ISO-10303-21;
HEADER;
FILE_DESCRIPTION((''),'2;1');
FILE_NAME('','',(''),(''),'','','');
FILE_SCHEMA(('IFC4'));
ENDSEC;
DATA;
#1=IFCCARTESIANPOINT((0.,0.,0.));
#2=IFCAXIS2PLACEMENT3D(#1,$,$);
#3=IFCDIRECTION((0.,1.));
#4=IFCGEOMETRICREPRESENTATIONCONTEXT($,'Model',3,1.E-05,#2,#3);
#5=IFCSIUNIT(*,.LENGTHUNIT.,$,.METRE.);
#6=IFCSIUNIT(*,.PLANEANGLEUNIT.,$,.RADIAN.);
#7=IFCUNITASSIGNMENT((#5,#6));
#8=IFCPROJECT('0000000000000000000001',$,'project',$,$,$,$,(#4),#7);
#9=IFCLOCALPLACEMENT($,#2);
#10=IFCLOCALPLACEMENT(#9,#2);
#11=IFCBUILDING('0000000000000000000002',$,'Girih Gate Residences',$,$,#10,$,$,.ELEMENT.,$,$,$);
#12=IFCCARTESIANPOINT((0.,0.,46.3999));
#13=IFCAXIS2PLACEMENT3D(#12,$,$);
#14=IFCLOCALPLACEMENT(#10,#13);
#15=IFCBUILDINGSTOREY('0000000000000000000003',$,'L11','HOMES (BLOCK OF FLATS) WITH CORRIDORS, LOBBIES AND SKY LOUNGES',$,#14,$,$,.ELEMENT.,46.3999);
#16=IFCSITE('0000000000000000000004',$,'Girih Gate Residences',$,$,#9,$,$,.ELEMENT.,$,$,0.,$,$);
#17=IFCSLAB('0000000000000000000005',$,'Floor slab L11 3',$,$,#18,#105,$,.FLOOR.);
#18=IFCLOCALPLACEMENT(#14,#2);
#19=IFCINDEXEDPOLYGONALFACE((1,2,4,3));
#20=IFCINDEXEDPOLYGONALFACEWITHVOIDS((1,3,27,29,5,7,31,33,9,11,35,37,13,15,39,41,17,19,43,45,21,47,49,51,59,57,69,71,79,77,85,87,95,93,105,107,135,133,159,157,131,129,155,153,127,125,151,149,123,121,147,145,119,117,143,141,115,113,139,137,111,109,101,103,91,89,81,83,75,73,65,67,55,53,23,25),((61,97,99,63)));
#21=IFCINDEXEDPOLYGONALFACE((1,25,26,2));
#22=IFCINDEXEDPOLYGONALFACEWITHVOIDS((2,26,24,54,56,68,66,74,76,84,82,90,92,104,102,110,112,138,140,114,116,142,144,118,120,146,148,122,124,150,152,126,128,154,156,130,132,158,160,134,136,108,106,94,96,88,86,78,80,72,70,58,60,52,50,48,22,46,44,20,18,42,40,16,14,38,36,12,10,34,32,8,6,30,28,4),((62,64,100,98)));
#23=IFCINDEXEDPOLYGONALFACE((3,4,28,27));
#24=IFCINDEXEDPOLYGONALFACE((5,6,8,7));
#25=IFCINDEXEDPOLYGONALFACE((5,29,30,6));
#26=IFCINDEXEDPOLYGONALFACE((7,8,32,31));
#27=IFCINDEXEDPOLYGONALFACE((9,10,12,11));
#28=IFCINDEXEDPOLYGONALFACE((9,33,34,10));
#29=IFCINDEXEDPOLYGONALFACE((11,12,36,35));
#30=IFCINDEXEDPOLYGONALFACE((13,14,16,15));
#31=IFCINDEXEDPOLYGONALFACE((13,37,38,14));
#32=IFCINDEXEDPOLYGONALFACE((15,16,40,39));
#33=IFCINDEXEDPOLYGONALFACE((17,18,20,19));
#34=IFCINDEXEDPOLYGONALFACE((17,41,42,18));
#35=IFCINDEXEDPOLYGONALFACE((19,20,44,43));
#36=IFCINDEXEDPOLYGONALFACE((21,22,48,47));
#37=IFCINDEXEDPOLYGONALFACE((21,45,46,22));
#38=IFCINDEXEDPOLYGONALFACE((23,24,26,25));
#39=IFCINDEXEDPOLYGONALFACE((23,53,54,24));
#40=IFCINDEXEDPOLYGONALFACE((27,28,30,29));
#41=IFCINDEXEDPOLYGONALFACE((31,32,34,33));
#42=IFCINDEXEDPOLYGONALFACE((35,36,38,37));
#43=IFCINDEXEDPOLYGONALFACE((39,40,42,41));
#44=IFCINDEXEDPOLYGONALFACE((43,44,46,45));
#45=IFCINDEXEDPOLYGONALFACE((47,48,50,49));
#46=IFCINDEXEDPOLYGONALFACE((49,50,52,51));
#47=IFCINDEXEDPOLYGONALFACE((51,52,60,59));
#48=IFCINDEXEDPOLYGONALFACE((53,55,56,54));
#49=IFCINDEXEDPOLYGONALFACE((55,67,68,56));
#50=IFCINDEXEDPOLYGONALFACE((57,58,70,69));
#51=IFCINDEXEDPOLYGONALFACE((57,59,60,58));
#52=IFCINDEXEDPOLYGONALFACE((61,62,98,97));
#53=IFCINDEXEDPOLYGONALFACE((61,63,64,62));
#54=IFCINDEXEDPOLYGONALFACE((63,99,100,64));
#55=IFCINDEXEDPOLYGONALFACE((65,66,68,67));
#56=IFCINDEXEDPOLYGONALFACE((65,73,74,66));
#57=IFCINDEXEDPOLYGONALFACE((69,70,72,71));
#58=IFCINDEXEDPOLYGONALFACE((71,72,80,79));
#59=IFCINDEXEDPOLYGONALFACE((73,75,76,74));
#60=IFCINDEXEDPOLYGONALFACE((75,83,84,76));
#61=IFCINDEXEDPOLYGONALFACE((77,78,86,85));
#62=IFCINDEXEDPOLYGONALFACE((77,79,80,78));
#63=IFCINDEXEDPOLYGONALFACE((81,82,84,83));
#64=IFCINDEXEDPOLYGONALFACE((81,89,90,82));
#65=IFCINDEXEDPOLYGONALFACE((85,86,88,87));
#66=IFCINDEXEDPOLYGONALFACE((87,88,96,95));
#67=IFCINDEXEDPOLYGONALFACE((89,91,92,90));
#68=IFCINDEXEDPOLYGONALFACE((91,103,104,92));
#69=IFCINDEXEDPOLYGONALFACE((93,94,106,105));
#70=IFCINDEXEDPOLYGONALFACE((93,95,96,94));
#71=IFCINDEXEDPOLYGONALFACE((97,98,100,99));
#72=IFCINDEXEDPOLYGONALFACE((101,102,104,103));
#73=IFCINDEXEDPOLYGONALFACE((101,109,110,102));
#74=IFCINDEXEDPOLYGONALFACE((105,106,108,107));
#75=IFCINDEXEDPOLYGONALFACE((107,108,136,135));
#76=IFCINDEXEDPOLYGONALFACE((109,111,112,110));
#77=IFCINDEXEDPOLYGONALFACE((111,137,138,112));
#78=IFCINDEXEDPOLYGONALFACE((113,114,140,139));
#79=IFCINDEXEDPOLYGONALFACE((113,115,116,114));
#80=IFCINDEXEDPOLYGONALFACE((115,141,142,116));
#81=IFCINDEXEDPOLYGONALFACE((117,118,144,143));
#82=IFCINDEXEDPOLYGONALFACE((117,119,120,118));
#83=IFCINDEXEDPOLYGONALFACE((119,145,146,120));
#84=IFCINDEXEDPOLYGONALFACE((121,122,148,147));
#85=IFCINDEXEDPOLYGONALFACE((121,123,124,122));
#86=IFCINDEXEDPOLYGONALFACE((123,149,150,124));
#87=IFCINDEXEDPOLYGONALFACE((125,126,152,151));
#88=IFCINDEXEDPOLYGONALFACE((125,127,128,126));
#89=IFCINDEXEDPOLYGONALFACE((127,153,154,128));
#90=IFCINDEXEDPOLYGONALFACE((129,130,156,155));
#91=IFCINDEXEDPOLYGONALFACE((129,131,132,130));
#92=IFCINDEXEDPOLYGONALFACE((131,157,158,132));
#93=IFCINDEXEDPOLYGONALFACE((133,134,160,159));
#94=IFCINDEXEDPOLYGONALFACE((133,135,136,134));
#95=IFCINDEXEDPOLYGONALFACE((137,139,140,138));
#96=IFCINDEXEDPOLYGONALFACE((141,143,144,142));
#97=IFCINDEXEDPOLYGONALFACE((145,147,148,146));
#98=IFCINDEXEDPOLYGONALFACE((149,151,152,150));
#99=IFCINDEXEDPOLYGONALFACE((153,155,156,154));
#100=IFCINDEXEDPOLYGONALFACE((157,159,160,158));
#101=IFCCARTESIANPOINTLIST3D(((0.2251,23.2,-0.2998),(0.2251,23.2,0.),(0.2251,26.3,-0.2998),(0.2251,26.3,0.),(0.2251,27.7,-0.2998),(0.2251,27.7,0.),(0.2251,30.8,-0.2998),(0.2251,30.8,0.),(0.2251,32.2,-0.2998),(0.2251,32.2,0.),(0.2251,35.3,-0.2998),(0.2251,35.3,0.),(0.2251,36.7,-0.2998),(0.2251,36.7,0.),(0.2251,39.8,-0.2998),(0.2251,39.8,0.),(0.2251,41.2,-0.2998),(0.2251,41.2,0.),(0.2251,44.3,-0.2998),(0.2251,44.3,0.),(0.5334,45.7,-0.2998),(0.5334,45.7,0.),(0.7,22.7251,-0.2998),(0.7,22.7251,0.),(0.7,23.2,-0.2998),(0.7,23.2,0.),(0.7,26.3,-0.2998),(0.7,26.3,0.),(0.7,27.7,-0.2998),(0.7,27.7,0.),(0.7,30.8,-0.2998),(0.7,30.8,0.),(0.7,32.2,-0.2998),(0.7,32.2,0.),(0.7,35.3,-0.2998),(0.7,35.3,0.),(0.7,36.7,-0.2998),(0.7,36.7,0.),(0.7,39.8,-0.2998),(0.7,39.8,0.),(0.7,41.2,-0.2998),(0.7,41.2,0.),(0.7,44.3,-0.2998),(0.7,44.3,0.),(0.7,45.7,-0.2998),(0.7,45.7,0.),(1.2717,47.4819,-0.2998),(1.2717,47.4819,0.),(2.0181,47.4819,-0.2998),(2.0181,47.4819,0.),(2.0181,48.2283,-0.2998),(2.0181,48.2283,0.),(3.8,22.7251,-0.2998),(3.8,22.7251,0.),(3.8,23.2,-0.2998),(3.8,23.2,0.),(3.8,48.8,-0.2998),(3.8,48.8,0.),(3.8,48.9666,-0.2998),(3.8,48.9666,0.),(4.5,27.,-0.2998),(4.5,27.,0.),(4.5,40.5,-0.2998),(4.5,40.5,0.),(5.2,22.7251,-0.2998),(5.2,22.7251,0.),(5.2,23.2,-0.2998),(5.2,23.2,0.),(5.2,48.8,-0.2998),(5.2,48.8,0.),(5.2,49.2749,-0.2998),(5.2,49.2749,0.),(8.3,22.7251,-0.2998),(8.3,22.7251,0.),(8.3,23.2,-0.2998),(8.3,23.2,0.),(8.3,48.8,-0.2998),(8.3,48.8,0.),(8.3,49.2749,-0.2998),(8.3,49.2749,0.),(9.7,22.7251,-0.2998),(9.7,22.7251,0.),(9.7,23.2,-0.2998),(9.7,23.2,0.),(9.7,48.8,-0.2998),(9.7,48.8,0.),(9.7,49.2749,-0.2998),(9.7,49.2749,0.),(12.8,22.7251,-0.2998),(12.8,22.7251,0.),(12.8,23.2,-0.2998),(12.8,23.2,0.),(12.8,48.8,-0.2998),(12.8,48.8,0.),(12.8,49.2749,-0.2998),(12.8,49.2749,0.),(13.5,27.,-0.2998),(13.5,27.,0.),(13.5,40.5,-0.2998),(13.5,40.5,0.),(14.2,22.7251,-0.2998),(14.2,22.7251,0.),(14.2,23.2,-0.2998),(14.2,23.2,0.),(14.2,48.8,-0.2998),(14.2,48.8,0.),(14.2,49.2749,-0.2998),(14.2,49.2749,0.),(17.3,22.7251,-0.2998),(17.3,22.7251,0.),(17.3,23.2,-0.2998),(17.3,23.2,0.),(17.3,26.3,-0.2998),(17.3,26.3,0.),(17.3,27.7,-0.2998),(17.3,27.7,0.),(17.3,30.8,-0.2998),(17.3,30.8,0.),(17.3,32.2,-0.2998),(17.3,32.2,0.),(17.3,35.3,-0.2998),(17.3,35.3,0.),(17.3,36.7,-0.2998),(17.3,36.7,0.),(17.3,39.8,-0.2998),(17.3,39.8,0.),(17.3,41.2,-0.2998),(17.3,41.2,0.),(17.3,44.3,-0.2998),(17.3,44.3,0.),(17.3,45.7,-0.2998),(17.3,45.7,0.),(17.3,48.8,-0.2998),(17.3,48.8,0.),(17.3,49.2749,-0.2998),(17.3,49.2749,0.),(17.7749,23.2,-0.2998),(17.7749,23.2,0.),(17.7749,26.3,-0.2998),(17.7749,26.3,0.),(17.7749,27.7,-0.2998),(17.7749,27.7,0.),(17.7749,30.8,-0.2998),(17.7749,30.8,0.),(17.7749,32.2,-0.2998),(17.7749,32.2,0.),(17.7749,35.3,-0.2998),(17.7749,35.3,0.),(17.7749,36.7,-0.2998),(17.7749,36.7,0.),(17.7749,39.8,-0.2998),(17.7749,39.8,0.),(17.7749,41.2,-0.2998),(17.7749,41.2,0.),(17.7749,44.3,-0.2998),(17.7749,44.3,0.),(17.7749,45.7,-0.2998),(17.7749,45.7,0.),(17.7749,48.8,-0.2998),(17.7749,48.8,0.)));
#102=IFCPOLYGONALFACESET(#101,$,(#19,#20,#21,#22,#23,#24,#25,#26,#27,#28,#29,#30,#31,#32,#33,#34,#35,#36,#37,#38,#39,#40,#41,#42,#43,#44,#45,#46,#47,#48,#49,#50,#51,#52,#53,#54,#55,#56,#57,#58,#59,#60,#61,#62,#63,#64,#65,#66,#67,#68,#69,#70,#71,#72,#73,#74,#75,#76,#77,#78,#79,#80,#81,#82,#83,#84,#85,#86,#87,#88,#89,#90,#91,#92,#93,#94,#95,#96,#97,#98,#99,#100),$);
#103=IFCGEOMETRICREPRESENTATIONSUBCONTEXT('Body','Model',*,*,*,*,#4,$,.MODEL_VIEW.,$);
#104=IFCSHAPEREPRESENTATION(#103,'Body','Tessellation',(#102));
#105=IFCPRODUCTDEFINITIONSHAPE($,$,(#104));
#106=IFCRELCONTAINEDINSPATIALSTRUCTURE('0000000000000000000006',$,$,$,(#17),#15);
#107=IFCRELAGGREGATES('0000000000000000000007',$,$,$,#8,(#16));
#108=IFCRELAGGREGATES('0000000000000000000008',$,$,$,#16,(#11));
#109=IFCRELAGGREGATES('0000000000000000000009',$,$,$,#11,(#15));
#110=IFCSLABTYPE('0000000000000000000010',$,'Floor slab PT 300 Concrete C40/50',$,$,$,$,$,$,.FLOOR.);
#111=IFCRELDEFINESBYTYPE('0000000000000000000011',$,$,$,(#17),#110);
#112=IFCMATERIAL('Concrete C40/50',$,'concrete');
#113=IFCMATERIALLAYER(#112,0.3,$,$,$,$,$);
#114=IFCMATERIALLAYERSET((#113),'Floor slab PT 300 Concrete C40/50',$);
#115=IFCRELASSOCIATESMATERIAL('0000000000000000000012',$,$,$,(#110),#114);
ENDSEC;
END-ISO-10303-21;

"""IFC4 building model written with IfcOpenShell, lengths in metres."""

from ifc_helpers import new_model, si_unit, direction, frame, origin, place, context, subcontext, project, spatial, polyline, outline, extrude, material, layer, layer_set, type_object, element, save


model = new_model("IFC4")

# Units and contexts
model_context = context("Model", 3, precision=1e-05, world=origin(), true_north=direction((0.0, 1.0)))
body_context = subcontext(model_context, "Body", "Model", "MODEL_VIEW")
ifc_project = project(units=[si_unit("LENGTHUNIT", "METRE"), si_unit("PLANEANGLEUNIT", "RADIAN")], contexts=[model_context])

# Site, building, storey
site_placement = place(None, origin())
site = spatial("IfcSite", under=ifc_project, at=site_placement, Name="Girih Gate Residences", CompositionType="ELEMENT", RefElevation=0.0)
building_placement = place(site_placement, origin())
building = spatial("IfcBuilding", under=site, at=building_placement, Name="Girih Gate Residences", CompositionType="ELEMENT")
storey_placement = place(building_placement, frame((0.0, 0.0, 46.3999)))
storey = spatial("IfcBuildingStorey", under=building, at=storey_placement, Name="L11", Description="HOMES (BLOCK OF FLATS) WITH CORRIDORS, LOBBIES AND SKY LOUNGES", CompositionType="ELEMENT", Elevation=46.3999)

# Slab
ifc_material_1 = material(Name="Concrete C40/50", Category="concrete")
ifc_layer_1 = layer(ifc_material_1, 0.3)
ifc_layer_set_1 = layer_set([ifc_layer_1], Name="Floor slab PT 300 Concrete C40/50")
slab_type_1 = type_object("IfcSlabType", Name="Floor slab PT 300 Concrete C40/50", PredefinedType="FLOOR", material=ifc_layer_set_1)
slab_1_placement = place(storey_placement, frame((0.0, 0.0, -0.2998)))
element("IfcSlab", 1, at=slab_1_placement, inside=storey, type_object=slab_type_1, Name="Floor slab L11 3", PredefinedType="FLOOR", context=body_context, shape_type="SweptSolid", body=[
    extrude(outline(polyline([(0.2251, 26.3), (0.2251, 23.2), (0.7, 23.2), (0.7, 22.7251), (3.8, 22.7251), (3.8, 23.2), (5.2, 23.2), (5.2, 22.7251), (8.3, 22.7251), (8.3, 23.2), (9.7, 23.2), (9.7, 22.7251), (12.8, 22.7251), (12.8, 23.2), (14.2, 23.2), (14.2, 22.7251), (17.3, 22.7251), (17.3, 23.2), (17.7749, 23.2), (17.7749, 26.3), (17.3, 26.3), (17.3, 27.7), (17.7749, 27.7), (17.7749, 30.8), (17.3, 30.8), (17.3, 32.2), (17.7749, 32.2), (17.7749, 35.3), (17.3, 35.3), (17.3, 36.7), (17.7749, 36.7), (17.7749, 39.8), (17.3, 39.8), (17.3, 41.2), (17.7749, 41.2), (17.7749, 44.3), (17.3, 44.3), (17.3, 45.7), (17.7749, 45.7), (17.7749, 48.8), (17.3, 48.8), (17.3, 49.2749), (14.2, 49.2749), (14.2, 48.8), (12.8, 48.8), (12.8, 49.2749), (9.7, 49.2749), (9.7, 48.8), (8.3, 48.8), (8.3, 49.2749), (5.2, 49.2749), (5.2, 48.8), (3.8, 48.8), (3.8, 48.9666), (2.0181, 48.2283), (2.0181, 47.4819), (1.2717, 47.4819), (0.5334, 45.7), (0.7, 45.7), (0.7, 44.3), (0.2251, 44.3), (0.2251, 41.2), (0.7, 41.2), (0.7, 39.8), (0.2251, 39.8), (0.2251, 36.7), (0.7, 36.7), (0.7, 35.3), (0.2251, 35.3), (0.2251, 32.2), (0.7, 32.2), (0.7, 30.8), (0.2251, 30.8), (0.2251, 27.7), (0.7, 27.7), (0.7, 26.3), (0.2251, 26.3)]), holes=[polyline([(13.5, 40.5), (13.5, 27.0), (4.5, 27.0), (4.5, 40.5), (13.5, 40.5)])]), origin(), (0.0, 0.0, 1.0), 0.2998),
])

save(model, "model.ifc")
